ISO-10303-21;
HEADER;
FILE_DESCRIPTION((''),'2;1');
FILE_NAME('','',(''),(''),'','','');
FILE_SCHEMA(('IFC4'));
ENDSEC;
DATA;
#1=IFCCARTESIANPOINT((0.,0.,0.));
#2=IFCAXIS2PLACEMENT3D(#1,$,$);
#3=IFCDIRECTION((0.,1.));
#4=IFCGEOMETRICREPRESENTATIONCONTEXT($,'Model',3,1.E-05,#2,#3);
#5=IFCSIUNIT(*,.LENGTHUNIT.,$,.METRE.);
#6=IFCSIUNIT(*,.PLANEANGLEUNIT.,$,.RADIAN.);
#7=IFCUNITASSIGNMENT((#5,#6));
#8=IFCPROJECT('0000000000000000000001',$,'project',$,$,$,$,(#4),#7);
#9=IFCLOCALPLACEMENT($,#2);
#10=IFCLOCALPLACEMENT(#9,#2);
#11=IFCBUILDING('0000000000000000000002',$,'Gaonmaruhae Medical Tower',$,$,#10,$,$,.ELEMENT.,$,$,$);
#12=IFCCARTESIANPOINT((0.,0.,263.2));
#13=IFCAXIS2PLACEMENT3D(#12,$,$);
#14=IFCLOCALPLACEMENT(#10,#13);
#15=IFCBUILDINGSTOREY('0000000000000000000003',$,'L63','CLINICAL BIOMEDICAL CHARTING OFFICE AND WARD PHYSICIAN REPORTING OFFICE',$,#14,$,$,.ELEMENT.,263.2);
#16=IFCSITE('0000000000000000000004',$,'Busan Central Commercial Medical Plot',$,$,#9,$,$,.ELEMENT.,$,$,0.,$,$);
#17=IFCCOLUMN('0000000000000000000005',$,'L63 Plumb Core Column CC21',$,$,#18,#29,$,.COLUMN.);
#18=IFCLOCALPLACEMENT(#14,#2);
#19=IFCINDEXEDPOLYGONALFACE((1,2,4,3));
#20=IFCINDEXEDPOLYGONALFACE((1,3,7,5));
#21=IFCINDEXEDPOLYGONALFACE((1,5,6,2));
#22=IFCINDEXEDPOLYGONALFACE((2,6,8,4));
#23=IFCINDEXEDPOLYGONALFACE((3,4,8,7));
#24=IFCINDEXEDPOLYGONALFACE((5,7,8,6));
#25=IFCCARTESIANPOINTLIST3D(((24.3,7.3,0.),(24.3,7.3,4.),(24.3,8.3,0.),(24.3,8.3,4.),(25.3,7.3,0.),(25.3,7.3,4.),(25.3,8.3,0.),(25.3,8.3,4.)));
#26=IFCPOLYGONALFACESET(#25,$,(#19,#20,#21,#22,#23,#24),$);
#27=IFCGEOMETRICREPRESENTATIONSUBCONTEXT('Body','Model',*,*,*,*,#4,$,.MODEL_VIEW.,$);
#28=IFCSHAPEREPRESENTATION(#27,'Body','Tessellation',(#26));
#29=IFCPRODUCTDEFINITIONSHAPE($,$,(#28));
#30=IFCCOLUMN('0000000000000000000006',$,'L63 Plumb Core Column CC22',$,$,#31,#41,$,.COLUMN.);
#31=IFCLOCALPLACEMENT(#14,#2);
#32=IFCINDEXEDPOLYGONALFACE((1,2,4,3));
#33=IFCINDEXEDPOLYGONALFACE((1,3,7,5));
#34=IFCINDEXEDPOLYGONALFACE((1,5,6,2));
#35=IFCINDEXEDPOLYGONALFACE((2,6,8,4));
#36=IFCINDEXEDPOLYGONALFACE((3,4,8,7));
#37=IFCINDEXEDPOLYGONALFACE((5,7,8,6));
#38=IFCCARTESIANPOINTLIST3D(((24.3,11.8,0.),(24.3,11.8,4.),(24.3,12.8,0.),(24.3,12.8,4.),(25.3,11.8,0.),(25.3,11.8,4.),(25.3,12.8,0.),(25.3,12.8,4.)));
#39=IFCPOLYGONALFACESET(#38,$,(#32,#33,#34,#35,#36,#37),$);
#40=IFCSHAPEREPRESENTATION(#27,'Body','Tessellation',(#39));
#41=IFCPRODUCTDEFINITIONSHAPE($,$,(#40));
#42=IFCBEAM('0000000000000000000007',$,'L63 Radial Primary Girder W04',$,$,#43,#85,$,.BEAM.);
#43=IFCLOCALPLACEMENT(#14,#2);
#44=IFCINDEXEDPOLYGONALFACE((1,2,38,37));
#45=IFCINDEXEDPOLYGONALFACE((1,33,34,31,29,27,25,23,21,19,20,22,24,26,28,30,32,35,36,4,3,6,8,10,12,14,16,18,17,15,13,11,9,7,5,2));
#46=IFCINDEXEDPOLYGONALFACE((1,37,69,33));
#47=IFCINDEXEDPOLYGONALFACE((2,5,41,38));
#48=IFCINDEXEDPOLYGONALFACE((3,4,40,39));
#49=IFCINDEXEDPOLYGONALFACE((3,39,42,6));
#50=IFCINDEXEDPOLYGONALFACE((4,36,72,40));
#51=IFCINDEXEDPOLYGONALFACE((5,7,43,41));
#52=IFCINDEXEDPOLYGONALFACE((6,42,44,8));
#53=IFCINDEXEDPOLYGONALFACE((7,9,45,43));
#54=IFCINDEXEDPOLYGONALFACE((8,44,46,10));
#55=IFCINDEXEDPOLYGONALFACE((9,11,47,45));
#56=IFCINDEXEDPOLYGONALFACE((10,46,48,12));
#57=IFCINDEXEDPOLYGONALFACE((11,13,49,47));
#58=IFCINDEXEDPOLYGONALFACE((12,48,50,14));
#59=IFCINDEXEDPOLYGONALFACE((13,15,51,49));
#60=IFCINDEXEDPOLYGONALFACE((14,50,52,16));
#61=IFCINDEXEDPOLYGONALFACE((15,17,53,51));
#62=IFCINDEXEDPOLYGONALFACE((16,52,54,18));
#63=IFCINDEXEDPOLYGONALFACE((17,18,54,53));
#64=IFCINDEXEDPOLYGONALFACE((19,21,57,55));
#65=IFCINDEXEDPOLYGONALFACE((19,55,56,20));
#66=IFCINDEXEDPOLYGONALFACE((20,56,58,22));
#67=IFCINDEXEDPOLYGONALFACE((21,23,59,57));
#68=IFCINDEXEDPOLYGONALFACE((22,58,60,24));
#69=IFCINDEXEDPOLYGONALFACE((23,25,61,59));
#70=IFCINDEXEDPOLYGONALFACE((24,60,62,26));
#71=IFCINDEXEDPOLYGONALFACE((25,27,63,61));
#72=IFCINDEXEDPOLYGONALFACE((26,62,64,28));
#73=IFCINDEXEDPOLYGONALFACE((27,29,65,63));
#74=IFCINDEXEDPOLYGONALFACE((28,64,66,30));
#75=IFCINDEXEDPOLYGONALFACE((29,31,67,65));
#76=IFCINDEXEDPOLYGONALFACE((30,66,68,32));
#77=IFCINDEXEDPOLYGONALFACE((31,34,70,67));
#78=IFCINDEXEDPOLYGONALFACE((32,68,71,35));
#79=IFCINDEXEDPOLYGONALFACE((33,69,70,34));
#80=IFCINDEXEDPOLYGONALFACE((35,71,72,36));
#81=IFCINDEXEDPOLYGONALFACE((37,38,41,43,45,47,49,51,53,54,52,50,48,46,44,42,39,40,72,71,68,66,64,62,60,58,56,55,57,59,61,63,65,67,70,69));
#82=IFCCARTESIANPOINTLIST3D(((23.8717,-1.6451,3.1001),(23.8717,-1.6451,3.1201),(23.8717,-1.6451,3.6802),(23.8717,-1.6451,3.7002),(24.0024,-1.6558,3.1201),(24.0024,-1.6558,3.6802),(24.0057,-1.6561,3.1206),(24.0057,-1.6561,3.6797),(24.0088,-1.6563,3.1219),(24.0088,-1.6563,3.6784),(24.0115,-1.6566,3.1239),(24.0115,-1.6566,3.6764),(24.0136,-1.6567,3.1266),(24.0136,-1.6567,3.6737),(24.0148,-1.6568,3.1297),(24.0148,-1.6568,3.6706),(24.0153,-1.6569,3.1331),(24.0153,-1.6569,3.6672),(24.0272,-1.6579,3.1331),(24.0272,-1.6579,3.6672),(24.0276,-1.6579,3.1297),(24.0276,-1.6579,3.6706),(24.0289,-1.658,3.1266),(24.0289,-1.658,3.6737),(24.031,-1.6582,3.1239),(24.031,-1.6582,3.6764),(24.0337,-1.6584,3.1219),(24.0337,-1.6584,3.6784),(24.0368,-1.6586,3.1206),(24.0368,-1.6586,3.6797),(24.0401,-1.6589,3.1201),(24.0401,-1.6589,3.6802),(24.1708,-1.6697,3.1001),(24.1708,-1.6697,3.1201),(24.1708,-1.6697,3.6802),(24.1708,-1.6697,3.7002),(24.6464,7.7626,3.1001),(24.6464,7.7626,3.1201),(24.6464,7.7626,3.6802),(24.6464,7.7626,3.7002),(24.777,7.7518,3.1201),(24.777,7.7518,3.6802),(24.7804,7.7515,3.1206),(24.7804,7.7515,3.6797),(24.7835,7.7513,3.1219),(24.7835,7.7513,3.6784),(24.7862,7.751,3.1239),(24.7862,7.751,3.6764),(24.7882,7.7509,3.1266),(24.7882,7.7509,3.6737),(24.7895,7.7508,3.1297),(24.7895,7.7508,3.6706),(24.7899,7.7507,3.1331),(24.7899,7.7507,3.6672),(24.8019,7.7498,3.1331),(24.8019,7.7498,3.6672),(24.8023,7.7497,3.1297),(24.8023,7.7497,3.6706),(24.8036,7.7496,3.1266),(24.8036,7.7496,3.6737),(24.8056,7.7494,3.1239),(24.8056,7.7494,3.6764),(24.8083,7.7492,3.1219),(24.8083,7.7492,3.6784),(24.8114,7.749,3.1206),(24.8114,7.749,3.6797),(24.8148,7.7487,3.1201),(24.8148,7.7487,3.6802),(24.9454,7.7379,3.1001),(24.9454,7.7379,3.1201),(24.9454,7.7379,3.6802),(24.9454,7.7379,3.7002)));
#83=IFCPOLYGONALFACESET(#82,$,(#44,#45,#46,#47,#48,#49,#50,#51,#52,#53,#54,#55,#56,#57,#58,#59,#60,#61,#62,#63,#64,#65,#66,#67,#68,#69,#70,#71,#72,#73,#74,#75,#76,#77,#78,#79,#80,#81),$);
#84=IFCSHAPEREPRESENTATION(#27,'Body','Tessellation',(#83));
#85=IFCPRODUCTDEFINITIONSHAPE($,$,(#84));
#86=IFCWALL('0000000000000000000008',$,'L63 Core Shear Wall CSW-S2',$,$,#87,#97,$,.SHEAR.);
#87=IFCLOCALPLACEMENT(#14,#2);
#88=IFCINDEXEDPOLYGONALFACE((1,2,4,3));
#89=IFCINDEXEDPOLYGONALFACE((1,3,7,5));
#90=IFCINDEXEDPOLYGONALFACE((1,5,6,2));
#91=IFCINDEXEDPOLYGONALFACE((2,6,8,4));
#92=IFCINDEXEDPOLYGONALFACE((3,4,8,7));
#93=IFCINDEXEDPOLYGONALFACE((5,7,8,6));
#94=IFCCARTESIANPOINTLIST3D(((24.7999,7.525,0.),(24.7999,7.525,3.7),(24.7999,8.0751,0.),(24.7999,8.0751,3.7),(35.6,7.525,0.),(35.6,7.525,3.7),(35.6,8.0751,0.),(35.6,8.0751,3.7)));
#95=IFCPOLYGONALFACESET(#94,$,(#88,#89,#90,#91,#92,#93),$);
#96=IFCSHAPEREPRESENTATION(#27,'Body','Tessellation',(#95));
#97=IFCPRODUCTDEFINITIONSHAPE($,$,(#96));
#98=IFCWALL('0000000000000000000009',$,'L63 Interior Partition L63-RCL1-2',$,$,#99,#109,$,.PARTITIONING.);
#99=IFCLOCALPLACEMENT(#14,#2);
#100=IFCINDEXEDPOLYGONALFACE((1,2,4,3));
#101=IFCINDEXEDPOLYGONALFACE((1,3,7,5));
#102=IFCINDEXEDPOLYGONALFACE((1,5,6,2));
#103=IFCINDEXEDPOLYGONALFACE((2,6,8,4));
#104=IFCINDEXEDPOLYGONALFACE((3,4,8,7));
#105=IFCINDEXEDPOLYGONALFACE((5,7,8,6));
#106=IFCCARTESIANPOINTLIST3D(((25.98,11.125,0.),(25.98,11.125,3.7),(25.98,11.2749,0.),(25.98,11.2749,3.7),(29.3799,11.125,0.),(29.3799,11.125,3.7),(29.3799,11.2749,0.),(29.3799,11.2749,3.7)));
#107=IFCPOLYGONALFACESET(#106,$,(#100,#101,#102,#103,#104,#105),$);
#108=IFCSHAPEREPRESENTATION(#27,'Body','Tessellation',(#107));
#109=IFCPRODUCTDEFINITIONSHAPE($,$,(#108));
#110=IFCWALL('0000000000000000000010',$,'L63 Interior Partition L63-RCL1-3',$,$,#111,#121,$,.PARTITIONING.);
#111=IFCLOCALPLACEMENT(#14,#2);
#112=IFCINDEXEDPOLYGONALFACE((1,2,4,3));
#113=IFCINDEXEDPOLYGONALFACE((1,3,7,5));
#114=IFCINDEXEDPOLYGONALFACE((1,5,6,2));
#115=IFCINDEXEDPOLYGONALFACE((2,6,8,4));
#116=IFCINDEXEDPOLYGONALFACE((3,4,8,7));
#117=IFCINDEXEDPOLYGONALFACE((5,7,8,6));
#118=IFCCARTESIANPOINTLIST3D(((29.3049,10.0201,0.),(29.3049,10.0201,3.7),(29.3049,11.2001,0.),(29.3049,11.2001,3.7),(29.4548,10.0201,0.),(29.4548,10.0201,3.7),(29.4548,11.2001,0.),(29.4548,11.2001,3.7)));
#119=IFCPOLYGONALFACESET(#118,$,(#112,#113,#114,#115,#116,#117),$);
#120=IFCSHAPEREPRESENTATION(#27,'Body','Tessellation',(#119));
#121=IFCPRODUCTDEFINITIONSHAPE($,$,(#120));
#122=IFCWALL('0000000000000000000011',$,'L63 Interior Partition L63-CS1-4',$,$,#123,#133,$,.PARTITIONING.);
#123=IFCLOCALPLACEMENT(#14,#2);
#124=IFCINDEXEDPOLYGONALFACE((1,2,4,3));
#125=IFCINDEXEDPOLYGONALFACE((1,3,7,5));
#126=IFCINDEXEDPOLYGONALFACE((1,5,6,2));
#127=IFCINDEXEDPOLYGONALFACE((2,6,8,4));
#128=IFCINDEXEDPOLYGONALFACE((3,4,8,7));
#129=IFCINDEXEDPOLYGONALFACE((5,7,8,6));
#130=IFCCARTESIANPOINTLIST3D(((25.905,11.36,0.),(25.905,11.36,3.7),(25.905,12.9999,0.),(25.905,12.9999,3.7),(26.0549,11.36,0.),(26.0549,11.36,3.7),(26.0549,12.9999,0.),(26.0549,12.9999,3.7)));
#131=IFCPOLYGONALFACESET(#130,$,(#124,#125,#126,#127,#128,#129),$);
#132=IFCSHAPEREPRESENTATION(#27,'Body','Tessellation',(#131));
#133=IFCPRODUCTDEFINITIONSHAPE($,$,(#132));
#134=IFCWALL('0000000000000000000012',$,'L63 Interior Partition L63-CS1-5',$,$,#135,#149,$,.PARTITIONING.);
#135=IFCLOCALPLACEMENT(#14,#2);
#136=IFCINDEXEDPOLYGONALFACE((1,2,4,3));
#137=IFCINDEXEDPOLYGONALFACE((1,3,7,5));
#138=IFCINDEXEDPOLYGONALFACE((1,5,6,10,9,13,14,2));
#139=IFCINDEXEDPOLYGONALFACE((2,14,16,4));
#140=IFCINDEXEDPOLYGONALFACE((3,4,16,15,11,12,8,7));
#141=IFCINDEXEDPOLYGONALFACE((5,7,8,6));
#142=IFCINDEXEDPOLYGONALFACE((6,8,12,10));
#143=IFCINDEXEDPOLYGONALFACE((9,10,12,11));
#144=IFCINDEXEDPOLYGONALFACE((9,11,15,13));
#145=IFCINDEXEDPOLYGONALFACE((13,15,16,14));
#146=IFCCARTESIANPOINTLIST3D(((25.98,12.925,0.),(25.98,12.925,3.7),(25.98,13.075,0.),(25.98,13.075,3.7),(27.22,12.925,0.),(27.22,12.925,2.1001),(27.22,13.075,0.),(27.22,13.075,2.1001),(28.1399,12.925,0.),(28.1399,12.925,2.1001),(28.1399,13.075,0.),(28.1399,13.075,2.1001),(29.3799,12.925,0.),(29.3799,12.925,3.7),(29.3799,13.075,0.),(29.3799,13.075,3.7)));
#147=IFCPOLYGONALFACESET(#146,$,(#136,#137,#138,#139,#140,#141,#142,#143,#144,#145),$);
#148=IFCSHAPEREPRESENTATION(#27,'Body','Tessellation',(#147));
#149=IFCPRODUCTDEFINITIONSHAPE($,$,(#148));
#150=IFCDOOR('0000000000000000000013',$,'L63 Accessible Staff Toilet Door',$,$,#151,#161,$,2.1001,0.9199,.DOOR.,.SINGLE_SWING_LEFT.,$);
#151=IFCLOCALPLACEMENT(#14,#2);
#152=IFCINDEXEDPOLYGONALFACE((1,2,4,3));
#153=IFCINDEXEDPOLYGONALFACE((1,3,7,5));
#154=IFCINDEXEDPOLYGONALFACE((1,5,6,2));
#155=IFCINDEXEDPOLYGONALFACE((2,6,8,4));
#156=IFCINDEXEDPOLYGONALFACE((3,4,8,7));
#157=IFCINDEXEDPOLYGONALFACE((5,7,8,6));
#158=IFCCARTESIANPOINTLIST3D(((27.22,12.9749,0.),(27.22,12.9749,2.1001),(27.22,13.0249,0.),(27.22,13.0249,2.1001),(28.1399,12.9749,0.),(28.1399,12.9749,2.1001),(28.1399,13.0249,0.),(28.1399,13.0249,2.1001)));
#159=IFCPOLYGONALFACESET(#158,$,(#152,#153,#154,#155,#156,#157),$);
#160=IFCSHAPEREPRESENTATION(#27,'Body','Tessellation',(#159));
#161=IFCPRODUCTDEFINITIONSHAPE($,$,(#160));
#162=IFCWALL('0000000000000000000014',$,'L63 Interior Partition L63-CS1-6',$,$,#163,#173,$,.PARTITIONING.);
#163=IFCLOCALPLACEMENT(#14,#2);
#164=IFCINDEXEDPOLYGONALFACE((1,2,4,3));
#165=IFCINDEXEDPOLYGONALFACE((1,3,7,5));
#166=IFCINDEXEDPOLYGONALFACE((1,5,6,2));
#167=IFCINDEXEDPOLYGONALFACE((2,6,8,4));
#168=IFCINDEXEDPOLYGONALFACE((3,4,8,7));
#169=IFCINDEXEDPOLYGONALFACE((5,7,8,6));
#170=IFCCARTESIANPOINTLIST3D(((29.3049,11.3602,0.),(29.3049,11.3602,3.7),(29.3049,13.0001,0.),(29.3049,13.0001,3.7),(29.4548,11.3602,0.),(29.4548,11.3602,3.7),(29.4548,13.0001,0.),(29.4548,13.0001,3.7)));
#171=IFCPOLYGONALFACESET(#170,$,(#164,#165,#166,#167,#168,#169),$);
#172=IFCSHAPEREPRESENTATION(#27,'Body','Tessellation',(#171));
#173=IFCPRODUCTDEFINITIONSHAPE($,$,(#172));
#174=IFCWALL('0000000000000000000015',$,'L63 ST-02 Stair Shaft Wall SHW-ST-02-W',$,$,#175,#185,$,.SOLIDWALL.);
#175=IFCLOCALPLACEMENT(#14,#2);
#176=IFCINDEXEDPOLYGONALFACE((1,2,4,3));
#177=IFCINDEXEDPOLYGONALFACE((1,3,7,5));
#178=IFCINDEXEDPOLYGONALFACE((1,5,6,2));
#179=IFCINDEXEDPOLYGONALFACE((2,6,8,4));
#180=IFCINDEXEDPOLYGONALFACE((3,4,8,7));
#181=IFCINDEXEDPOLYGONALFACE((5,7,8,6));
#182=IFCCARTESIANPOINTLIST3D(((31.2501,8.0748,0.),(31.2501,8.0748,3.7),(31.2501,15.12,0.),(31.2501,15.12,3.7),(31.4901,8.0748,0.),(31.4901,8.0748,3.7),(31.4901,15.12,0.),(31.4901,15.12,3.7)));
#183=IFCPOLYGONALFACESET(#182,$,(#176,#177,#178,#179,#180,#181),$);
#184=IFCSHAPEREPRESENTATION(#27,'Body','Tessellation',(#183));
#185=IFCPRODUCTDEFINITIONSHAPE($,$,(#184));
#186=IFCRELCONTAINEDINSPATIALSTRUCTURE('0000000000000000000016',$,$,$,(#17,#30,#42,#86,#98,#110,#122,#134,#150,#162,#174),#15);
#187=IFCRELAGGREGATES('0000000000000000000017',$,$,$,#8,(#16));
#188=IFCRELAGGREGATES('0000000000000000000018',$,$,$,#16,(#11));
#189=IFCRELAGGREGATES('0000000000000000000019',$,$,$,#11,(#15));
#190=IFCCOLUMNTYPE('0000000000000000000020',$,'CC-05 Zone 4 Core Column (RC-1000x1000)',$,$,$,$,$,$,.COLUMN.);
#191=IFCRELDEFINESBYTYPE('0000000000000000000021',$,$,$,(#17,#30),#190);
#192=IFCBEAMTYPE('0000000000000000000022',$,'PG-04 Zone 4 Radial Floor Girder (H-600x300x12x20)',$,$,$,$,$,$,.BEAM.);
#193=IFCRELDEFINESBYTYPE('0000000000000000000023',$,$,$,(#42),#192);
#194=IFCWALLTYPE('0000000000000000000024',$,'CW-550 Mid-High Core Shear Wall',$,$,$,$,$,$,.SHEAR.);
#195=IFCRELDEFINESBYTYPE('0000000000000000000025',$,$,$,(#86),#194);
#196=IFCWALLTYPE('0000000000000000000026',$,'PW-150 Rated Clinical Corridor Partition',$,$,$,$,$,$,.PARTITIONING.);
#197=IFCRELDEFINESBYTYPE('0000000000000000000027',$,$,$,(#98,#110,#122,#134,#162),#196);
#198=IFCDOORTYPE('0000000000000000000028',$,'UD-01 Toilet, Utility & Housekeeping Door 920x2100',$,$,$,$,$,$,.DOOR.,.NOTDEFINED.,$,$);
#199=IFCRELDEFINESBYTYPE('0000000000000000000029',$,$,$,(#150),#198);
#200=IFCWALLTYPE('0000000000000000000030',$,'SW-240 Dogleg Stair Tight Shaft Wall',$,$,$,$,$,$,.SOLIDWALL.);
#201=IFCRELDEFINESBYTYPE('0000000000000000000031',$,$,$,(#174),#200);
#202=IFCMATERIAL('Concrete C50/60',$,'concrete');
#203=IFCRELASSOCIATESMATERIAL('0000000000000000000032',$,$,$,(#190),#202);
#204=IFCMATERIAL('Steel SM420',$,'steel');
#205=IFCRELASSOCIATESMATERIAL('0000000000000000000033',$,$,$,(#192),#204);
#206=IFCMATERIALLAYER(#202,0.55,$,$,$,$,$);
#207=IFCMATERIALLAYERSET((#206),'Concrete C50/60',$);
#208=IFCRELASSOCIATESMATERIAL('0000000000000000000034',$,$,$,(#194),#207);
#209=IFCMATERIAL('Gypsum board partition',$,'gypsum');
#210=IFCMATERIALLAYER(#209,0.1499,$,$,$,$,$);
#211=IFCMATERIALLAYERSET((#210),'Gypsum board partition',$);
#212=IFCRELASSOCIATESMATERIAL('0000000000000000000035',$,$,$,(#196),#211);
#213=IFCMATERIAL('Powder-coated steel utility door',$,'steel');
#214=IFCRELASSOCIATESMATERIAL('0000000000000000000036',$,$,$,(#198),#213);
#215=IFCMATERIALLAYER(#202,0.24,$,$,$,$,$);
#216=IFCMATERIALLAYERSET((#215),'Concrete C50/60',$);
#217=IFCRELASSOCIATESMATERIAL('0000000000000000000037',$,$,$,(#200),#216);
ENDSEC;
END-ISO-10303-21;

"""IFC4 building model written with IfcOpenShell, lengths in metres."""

from ifc_helpers import new_model, si_unit, direction, frame, frame_2d, origin, origin_2d, place, context, subcontext, project, spatial, rectangle, i_section, extrude, material, layer, layer_set, material_profile, profile_set, type_object, element, fill, save


model = new_model("IFC4")

# Units and contexts
model_context = context("Model", 3, precision=1e-05, world=origin(), true_north=direction((0.0, 1.0)))
body_context = subcontext(model_context, "Body", "Model", "MODEL_VIEW")
ifc_project = project(units=[si_unit("LENGTHUNIT", "METRE"), si_unit("PLANEANGLEUNIT", "RADIAN")], contexts=[model_context])

# Site, building, storey
site_placement = place(None, origin())
site = spatial("IfcSite", under=ifc_project, at=site_placement, Name="Busan Central Commercial Medical Plot", CompositionType="ELEMENT", RefElevation=0.0)
building_placement = place(site_placement, origin())
building = spatial("IfcBuilding", under=site, at=building_placement, Name="Gaonmaruhae Medical Tower", CompositionType="ELEMENT")
storey_placement = place(building_placement, frame((0.0, 0.0, 263.2)))
storey = spatial("IfcBuildingStorey", under=building, at=storey_placement, Name="L63", Description="CLINICAL BIOMEDICAL CHARTING OFFICE AND WARD PHYSICIAN REPORTING OFFICE", CompositionType="ELEMENT", Elevation=263.2)

# Columns
ifc_material_1 = material(Name="Concrete C50/60", Category="concrete")
ifc_material_profile_1 = material_profile(ifc_material_1, rectangle(XDim=1.0, YDim=1.0, at=origin_2d()), Name="RC-1000x1000")
ifc_profile_set_1 = profile_set([ifc_material_profile_1], Name="Concrete C50/60")
column_type = type_object("IfcColumnType", Name="CC-05 Zone 4 Core Column (RC-1000x1000)", PredefinedType="COLUMN", material=ifc_profile_set_1)
for number, where, z_axis, x_axis, name in (
    (1, (24.8, 7.8, 0.0), (0.0, 0.0, 1.0), (1.0, 0.0, 0.0), "L63 Plumb Core Column CC21"),
    (2, (24.8, 12.3, 0.0), (0.0, 0.0, 1.0), (1.0, 0.0, 0.0), "L63 Plumb Core Column CC22"),
):
    element("IfcColumn", number, at=place(storey_placement, frame(where, z_axis=z_axis, x_axis=x_axis)), inside=storey, type_object=column_type, Name=name, PredefinedType="COLUMN", context=body_context, shape_type="SweptSolid", body=[
        extrude(rectangle(XDim=1.0, YDim=1.0, at=origin_2d()), origin(), (0.0, 0.0, 1.0), 4.0),
    ])

# Beam
ifc_material_2 = material(Name="Steel SM420", Category="steel")
ifc_material_profile_2 = material_profile(ifc_material_2, i_section(OverallWidth=0.3, OverallDepth=0.6001, WebThickness=0.012, FlangeThickness=0.02, FilletRadius=0.0129, at=origin_2d()), Name="H-600x300x12x20")
ifc_profile_set_2 = profile_set([ifc_material_profile_2], Name="Steel SM420")
beam_type = type_object("IfcBeamType", Name="PG-04 Zone 4 Radial Floor Girder (H-600x300x12x20)", PredefinedType="BEAM", material=ifc_profile_set_2)
beam_placement = place(storey_placement, frame((24.7959, 7.7502, 3.4001), z_axis=(-0.082065, -0.996627, 0.0), x_axis=(0.996627, -0.082065, 0.0)))
element("IfcBeam", 3, at=beam_placement, inside=storey, type_object=beam_type, Name="L63 Radial Primary Girder W04", PredefinedType="BEAM", context=body_context, shape_type="SweptSolid", body=[
    extrude(i_section(OverallWidth=0.3, OverallDepth=0.6001, WebThickness=0.012, FlangeThickness=0.02, FilletRadius=0.0129, at=origin_2d()), origin(), (0.0, 0.0, 1.0), 9.4395),
])

# Wall
ifc_layer_1 = layer(ifc_material_1, 0.55)
ifc_layer_set_1 = layer_set([ifc_layer_1], Name="Concrete C50/60")
wall_type_1 = type_object("IfcWallType", Name="CW-550 Mid-High Core Shear Wall", PredefinedType="SHEAR", material=ifc_layer_set_1)
wall_1_placement = place(storey_placement, frame((24.8, 7.8, 0.0), z_axis=(0.0, 0.0, 1.0), x_axis=(1.0, 0.0, 0.0)))
element("IfcWall", 4, at=wall_1_placement, inside=storey, type_object=wall_type_1, Name="L63 Core Shear Wall CSW-S2", PredefinedType="SHEAR", context=body_context, shape_type="SweptSolid", body=[
    extrude(rectangle(XDim=10.8, YDim=0.55, at=frame_2d((5.3999, 0.0))), origin(), (0.0, 0.0, 1.0), 3.7),
])

# Shared definitions
ifc_material_3 = material(Name="Gypsum board partition", Category="gypsum")
ifc_layer_2 = layer(ifc_material_3, 0.1499)
ifc_layer_set_2 = layer_set([ifc_layer_2], Name="Gypsum board partition")
wall_type_2 = type_object("IfcWallType", Name="PW-150 Rated Clinical Corridor Partition", PredefinedType="PARTITIONING", material=ifc_layer_set_2)

# Walls
wall_2_placement = place(storey_placement, frame((25.98, 11.2, 0.0), z_axis=(0.0, 0.0, 1.0), x_axis=(1.0, 0.0, 0.0)))
element("IfcWall", 5, at=wall_2_placement, inside=storey, type_object=wall_type_2, Name="L63 Interior Partition L63-RCL1-2", PredefinedType="PARTITIONING", context=body_context, shape_type="SweptSolid", body=[
    extrude(rectangle(XDim=3.3999, YDim=0.1499, at=frame_2d((1.7, 0.0))), origin(), (0.0, 0.0, 1.0), 3.7),
])
wall_3_placement = place(storey_placement, frame((29.3799, 11.2, 0.0), z_axis=(0.0, 0.0, 1.0), x_axis=(0.0, -1.0, 0.0)))
element("IfcWall", 6, at=wall_3_placement, inside=storey, type_object=wall_type_2, Name="L63 Interior Partition L63-RCL1-3", PredefinedType="PARTITIONING", context=body_context, shape_type="SweptSolid", body=[
    extrude(rectangle(XDim=1.1799, YDim=0.1499, at=frame_2d((0.5898, 0.0))), origin(), (0.0, 0.0, 1.0), 3.7),
])
wall_4_placement = place(storey_placement, frame((25.98, 11.3601, 0.0), z_axis=(0.0, 0.0, 1.0), x_axis=(0.0, 1.0, 0.0)))
element("IfcWall", 7, at=wall_4_placement, inside=storey, type_object=wall_type_2, Name="L63 Interior Partition L63-CS1-4", PredefinedType="PARTITIONING", context=body_context, shape_type="SweptSolid", body=[
    extrude(rectangle(XDim=1.6399, YDim=0.1499, at=frame_2d((0.8198, 0.0))), origin(), (0.0, 0.0, 1.0), 3.7),
])

# Wall, opening, door
wall_5_placement = place(storey_placement, frame((25.98, 13.0, 0.0), z_axis=(0.0, 0.0, 1.0), x_axis=(1.0, 0.0, 0.0)))
wall_5 = element("IfcWall", 8, at=wall_5_placement, inside=storey, type_object=wall_type_2, Name="L63 Interior Partition L63-CS1-5", PredefinedType="PARTITIONING", context=body_context, shape_type="SweptSolid", body=[
    extrude(rectangle(XDim=3.3999, YDim=0.1499, at=frame_2d((1.7, 0.0))), origin(), (0.0, 0.0, 1.0), 3.7),
])
opening_1_placement = place(wall_5_placement, frame((1.24, 0.0, 0.0)))
opening_1 = element("IfcOpeningElement", 9, at=opening_1_placement, cuts=wall_5, PredefinedType="OPENING", context=body_context, shape_type="SweptSolid", body=[
    extrude(rectangle(XDim=0.9199, YDim=2.1001, at=frame_2d((0.46, 1.05))), frame((0.0, 0.085, 0.0), z_axis=(0.0, -1.0, 0.0), x_axis=(1.0, 0.0, 0.0)), (0.0, 0.0, 1.0), 0.1699),
])
ifc_material_4 = material(Name="Powder-coated steel utility door", Category="steel")
door_type_1 = type_object("IfcDoorType", Name="UD-01 Toilet, Utility & Housekeeping Door 920x2100", OperationType="NOTDEFINED", PredefinedType="DOOR", material=ifc_material_4)
door_1_placement = place(opening_1_placement, origin())
door_1 = element("IfcDoor", 10, at=door_1_placement, inside=storey, type_object=door_type_1, Name="L63 Accessible Staff Toilet Door", OperationType="SINGLE_SWING_LEFT", OverallHeight=2.1001, OverallWidth=0.9199, PredefinedType="DOOR", context=body_context, shape_type="SweptSolid", body=[
    extrude(rectangle(XDim=0.9199, YDim=2.1001, at=frame_2d((0.46, 1.05))), frame((0.0, 0.0249, 0.0), z_axis=(0.0, -1.0, 0.0), x_axis=(1.0, 0.0, 0.0)), (0.0, 0.0, 1.0), 0.05),
])
fill(opening_1, door_1)

# Walls
wall_6_placement = place(storey_placement, frame((29.3799, 13.0, 0.0), z_axis=(0.0, 0.0, 1.0), x_axis=(0.0, -1.0, 0.0)))
element("IfcWall", 11, at=wall_6_placement, inside=storey, type_object=wall_type_2, Name="L63 Interior Partition L63-CS1-6", PredefinedType="PARTITIONING", context=body_context, shape_type="SweptSolid", body=[
    extrude(rectangle(XDim=1.6399, YDim=0.1499, at=frame_2d((0.8198, 0.0))), origin(), (0.0, 0.0, 1.0), 3.7),
])
ifc_layer_3 = layer(ifc_material_1, 0.24)
ifc_layer_set_3 = layer_set([ifc_layer_3], Name="Concrete C50/60")
wall_type_3 = type_object("IfcWallType", Name="SW-240 Dogleg Stair Tight Shaft Wall", PredefinedType="SOLIDWALL", material=ifc_layer_set_3)
wall_7_placement = place(storey_placement, frame((31.3701, 8.075, 0.0), z_axis=(0.0, 0.0, 1.0), x_axis=(0.0, 1.0, 0.0)))
element("IfcWall", 12, at=wall_7_placement, inside=storey, type_object=wall_type_3, Name="L63 ST-02 Stair Shaft Wall SHW-ST-02-W", PredefinedType="SOLIDWALL", context=body_context, shape_type="SweptSolid", body=[
    extrude(rectangle(XDim=7.0452, YDim=0.24, at=frame_2d((3.5225, 0.0))), origin(), (0.0, 0.0, 1.0), 3.7),
])

save(model, "model.ifc")
